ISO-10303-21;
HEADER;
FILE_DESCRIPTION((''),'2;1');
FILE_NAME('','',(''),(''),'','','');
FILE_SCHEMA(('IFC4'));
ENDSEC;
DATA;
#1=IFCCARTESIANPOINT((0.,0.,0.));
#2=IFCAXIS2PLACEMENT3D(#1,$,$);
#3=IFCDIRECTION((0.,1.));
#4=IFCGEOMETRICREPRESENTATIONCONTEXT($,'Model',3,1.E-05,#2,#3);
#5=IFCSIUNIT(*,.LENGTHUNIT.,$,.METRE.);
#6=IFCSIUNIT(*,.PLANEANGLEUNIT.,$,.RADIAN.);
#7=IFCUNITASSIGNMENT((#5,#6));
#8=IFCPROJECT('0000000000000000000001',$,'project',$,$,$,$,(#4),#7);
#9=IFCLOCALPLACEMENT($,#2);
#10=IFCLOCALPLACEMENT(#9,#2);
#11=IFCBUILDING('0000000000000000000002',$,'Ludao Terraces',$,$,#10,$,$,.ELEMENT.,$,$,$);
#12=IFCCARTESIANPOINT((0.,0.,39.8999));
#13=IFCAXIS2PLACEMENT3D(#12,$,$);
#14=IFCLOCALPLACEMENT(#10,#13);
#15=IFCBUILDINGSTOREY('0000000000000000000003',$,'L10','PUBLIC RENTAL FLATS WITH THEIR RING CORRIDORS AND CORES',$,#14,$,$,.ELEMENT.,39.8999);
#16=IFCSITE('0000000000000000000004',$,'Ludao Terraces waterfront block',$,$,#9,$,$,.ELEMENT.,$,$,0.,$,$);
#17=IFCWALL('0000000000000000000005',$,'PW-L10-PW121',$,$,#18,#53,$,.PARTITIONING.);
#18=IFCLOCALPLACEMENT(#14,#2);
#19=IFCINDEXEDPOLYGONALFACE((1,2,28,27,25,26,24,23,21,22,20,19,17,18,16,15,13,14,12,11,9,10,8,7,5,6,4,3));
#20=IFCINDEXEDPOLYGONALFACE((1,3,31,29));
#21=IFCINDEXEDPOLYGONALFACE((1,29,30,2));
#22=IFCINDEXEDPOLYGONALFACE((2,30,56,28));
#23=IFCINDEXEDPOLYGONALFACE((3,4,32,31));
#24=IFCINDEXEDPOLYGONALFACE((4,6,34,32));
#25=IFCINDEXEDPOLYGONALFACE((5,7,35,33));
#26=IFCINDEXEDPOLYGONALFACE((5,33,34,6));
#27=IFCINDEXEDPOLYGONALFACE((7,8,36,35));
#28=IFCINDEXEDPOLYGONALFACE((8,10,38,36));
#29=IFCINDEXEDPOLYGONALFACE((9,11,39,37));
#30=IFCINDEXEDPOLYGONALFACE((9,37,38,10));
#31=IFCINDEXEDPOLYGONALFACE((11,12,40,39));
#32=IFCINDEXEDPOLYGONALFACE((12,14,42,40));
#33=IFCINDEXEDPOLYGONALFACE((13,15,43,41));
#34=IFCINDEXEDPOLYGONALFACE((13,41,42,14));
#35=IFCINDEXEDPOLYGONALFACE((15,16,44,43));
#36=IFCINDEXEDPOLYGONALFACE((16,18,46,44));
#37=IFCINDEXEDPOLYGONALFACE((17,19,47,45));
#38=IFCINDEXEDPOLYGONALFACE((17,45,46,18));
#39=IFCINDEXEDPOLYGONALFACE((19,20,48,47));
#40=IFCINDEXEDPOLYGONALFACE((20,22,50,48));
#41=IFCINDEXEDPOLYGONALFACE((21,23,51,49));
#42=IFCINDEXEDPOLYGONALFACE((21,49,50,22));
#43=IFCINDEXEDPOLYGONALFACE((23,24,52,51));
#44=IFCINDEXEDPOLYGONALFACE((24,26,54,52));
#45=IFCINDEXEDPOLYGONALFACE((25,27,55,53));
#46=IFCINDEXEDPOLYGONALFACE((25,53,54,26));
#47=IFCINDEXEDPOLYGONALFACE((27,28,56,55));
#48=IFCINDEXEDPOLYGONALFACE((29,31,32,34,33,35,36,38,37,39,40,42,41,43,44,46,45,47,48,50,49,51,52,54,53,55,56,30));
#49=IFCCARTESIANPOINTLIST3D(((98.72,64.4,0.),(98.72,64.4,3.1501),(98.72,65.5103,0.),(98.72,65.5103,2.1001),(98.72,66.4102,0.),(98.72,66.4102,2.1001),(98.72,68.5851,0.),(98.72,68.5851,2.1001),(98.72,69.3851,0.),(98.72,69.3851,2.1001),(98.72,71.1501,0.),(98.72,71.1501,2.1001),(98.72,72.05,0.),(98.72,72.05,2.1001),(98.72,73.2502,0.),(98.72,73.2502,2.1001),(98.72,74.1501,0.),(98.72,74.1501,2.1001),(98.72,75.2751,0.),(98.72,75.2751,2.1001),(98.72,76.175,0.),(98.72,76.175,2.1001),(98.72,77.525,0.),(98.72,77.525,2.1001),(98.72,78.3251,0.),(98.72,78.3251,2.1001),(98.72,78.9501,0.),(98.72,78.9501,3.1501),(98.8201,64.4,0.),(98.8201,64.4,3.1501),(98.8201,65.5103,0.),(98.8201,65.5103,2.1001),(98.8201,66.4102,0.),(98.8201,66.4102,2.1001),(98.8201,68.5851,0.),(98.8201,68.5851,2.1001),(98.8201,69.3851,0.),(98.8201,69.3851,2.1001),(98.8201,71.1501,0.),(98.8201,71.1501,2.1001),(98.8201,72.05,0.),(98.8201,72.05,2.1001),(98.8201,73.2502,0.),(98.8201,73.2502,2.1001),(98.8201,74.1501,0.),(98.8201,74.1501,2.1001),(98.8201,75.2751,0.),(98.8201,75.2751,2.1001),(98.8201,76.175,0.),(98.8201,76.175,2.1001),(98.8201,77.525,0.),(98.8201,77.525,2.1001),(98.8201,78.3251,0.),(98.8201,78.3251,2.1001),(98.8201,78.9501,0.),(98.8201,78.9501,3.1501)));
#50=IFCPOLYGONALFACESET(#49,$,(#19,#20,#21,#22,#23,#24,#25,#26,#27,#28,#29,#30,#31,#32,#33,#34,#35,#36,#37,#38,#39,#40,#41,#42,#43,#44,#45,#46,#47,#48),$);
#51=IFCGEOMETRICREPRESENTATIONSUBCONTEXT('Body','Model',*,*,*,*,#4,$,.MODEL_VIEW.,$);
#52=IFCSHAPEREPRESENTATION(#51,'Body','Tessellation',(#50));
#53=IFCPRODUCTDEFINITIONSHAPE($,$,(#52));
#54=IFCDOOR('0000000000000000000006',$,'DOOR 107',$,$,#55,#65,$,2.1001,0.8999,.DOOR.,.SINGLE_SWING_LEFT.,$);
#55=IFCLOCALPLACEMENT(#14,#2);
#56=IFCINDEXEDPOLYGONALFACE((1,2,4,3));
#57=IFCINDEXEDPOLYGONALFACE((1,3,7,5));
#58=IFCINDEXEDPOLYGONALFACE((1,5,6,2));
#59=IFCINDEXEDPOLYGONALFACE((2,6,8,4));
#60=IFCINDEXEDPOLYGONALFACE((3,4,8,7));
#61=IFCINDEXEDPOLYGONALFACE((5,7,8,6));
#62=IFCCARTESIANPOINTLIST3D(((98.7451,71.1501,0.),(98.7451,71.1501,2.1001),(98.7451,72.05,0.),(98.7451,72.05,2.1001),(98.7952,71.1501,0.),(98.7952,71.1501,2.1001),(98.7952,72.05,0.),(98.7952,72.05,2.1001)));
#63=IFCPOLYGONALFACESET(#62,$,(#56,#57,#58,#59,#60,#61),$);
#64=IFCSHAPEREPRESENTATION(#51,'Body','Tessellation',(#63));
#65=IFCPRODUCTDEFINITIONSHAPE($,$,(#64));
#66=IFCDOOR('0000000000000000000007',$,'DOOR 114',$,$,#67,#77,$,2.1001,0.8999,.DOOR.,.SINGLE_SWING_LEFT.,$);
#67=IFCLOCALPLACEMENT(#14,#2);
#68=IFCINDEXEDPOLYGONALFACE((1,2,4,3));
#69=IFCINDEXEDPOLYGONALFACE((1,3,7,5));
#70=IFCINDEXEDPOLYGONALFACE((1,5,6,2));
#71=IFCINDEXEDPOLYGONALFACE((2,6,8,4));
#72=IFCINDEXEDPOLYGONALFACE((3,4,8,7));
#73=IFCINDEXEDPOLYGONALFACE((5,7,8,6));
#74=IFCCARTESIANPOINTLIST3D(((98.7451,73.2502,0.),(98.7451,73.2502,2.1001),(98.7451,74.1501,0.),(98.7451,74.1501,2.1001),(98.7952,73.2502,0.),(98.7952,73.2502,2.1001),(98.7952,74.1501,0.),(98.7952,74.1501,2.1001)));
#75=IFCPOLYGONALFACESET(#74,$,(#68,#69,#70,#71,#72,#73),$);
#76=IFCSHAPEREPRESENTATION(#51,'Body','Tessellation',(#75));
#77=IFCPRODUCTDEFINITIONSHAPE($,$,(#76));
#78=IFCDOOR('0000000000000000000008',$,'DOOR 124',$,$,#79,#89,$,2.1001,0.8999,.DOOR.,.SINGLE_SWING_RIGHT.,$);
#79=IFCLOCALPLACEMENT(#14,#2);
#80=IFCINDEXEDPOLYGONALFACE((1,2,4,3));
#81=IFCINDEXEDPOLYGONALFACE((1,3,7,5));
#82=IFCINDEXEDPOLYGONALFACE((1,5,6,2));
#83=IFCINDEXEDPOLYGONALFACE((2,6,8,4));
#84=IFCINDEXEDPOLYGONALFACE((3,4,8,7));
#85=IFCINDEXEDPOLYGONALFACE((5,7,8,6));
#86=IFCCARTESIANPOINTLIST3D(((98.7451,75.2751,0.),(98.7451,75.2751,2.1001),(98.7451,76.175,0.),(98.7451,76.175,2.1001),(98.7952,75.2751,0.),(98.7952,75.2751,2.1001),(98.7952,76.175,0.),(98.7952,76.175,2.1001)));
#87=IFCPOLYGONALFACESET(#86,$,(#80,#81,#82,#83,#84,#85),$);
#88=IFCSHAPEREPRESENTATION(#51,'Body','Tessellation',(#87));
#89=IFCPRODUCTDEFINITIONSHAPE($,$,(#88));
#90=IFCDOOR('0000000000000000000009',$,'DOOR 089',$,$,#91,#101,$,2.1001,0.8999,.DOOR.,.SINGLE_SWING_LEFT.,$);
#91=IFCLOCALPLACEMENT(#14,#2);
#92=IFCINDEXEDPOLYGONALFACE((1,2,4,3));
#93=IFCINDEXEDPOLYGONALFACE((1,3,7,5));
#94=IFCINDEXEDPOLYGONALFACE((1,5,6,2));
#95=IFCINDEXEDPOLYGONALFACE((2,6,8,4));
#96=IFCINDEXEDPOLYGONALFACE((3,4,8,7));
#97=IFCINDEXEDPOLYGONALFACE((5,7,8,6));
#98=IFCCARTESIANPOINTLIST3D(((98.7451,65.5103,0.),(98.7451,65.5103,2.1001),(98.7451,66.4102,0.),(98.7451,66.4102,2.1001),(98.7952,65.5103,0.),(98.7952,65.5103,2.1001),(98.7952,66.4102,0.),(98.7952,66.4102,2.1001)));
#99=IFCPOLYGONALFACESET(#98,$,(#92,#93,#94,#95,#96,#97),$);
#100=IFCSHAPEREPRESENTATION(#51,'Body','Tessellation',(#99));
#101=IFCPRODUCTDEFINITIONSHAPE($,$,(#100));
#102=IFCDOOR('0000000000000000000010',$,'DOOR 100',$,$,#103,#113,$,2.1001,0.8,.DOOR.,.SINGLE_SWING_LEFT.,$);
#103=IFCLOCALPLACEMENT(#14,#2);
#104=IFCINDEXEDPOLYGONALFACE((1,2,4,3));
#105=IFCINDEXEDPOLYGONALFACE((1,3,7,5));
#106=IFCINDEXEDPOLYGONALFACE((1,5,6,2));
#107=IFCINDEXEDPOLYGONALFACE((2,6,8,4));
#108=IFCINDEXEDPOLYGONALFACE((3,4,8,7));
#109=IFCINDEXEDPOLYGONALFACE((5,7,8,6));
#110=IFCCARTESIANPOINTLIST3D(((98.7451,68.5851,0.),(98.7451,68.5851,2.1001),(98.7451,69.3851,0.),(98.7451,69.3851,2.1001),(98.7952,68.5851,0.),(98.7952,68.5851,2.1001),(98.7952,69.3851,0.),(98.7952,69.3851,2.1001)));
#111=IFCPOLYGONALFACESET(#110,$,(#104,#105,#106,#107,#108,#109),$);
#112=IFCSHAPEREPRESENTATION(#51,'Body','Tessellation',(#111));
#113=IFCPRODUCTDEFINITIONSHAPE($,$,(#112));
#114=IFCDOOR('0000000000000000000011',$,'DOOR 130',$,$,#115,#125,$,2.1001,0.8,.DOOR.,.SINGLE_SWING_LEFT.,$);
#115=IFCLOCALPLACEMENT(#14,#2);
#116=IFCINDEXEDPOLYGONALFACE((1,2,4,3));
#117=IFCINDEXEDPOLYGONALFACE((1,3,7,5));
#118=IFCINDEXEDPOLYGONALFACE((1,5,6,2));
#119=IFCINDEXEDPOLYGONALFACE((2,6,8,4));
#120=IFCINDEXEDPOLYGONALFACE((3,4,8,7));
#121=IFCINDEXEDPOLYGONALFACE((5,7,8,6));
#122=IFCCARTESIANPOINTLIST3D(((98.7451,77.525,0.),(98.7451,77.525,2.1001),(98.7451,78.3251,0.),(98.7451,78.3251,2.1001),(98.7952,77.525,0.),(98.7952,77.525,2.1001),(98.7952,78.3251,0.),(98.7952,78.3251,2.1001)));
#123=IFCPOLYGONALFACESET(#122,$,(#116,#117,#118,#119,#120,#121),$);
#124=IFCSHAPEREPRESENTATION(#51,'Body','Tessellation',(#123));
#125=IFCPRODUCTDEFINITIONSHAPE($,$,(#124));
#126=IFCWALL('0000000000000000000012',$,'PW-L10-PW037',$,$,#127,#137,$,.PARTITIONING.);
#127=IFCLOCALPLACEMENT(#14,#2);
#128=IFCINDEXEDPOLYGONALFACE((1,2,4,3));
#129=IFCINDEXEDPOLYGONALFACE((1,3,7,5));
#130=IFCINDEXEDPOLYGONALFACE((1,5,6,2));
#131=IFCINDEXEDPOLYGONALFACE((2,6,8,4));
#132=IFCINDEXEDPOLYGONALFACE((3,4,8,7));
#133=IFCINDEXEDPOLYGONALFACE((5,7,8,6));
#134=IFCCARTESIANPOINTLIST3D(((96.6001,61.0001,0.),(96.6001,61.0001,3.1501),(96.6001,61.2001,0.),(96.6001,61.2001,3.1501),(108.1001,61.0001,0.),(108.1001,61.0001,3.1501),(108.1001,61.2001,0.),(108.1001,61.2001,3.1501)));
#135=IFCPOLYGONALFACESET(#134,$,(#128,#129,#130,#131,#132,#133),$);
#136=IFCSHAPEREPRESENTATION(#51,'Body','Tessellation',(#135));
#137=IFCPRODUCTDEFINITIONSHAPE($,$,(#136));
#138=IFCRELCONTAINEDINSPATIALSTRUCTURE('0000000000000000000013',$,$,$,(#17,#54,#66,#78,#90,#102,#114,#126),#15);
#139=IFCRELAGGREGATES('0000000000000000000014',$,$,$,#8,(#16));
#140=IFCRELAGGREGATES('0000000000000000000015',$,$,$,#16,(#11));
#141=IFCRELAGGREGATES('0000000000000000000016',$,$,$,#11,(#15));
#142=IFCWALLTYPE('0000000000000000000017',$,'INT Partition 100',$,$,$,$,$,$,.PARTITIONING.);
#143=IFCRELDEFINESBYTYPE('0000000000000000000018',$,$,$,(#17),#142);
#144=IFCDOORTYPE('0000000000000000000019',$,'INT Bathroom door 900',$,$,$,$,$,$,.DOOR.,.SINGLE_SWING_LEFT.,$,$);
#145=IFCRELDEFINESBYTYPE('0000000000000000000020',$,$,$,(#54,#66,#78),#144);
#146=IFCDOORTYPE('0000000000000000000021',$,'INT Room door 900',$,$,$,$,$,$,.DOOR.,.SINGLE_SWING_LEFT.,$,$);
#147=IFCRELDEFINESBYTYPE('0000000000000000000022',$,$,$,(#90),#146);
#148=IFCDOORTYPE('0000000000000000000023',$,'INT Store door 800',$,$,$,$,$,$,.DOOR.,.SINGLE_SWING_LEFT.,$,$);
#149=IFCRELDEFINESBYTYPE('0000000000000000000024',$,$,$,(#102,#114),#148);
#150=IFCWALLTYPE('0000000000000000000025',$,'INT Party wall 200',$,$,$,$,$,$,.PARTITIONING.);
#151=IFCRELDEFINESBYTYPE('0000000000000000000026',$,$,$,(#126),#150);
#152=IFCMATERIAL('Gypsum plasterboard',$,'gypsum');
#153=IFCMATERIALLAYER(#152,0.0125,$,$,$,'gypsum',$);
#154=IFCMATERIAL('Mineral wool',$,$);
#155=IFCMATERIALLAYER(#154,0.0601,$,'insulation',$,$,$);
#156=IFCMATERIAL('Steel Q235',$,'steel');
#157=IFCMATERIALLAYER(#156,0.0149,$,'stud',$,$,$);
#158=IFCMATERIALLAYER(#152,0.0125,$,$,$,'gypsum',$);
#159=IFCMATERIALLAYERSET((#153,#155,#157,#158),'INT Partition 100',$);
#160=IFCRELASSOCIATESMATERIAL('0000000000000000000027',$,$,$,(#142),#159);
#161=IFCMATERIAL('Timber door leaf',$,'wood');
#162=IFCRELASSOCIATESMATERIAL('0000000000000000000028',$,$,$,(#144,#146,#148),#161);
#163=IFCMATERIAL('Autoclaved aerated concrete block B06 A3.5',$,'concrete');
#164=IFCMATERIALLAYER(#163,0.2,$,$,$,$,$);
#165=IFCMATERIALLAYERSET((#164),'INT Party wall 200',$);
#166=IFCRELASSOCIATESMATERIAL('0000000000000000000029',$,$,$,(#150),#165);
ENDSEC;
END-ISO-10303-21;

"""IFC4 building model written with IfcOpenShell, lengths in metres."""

from ifc_helpers import new_model, si_unit, direction, frame, frame_2d, origin, place, context, subcontext, project, spatial, rectangle, extrude, material, layer, layer_set, type_object, element, fill, save


model = new_model("IFC4")

# Units and contexts
model_context = context("Model", 3, precision=1e-05, world=origin(), true_north=direction((0.0, 1.0)))
body_context = subcontext(model_context, "Body", "Model", "MODEL_VIEW")
ifc_project = project(units=[si_unit("LENGTHUNIT", "METRE"), si_unit("PLANEANGLEUNIT", "RADIAN")], contexts=[model_context])

# Site, building, storey
site_placement = place(None, origin())
site = spatial("IfcSite", under=ifc_project, at=site_placement, Name="Ludao Terraces waterfront block", CompositionType="ELEMENT", RefElevation=0.0)
building_placement = place(site_placement, origin())
building = spatial("IfcBuilding", under=site, at=building_placement, Name="Ludao Terraces", CompositionType="ELEMENT")
storey_placement = place(building_placement, frame((0.0, 0.0, 39.8999)))
storey = spatial("IfcBuildingStorey", under=building, at=storey_placement, Name="L10", Description="PUBLIC RENTAL FLATS WITH THEIR RING CORRIDORS AND CORES", CompositionType="ELEMENT", Elevation=39.8999)

# Shared definitions
ifc_material_1 = material(Name="Autoclaved aerated concrete block B06 A3.5", Category="concrete")
ifc_material_2 = material(Name="Steel Q235", Category="steel")

# Shared definitions
ifc_material_3 = material(Name="Gypsum plasterboard", Category="gypsum")
ifc_layer_1 = layer(ifc_material_3, 0.0125, Category="gypsum")
ifc_material_4 = material(Name="Mineral wool")
ifc_layer_2 = layer(ifc_material_4, 0.0601, Name="insulation")
ifc_layer_3 = layer(ifc_material_2, 0.0149, Name="stud")
ifc_layer_4 = layer(ifc_material_3, 0.0125, Category="gypsum")
ifc_layer_set_1 = layer_set([ifc_layer_1, ifc_layer_2, ifc_layer_3, ifc_layer_4], Name="INT Partition 100")
wall_type_1 = type_object("IfcWallType", Name="INT Partition 100", PredefinedType="PARTITIONING", material=ifc_layer_set_1)

# Wall, openings, doors
ifc_material_5 = material(Name="Timber door leaf", Category="wood")
door_type_1 = type_object("IfcDoorType", Name="INT Bathroom door 900", OperationType="SINGLE_SWING_LEFT", PredefinedType="DOOR", material=ifc_material_5)
door_type_2 = type_object("IfcDoorType", Name="INT Room door 900", OperationType="SINGLE_SWING_LEFT", PredefinedType="DOOR", material=ifc_material_5)
door_type_3 = type_object("IfcDoorType", Name="INT Store door 800", OperationType="SINGLE_SWING_LEFT", PredefinedType="DOOR", material=ifc_material_5)
wall_1_placement = place(storey_placement, frame((98.77, 64.4001, 0.0), z_axis=(0.0, 0.0, 1.0), x_axis=(0.0, 1.0, 0.0)))
wall_1 = element("IfcWall", 1, at=wall_1_placement, inside=storey, type_object=wall_type_1, Name="PW-L10-PW121", PredefinedType="PARTITIONING", context=body_context, shape_type="SweptSolid", body=[
    extrude(rectangle(XDim=14.55, YDim=0.1001, at=frame_2d((7.2749, 0.0))), origin(), (0.0, 0.0, 1.0), 3.1501),
])
opening_1_placement = place(wall_1_placement, frame((1.1101, 0.0, 0.0)))
opening_1 = element("IfcOpeningElement", 2, at=opening_1_placement, cuts=wall_1, PredefinedType="OPENING", context=body_context, shape_type="SweptSolid", body=[
    extrude(rectangle(XDim=0.8999, YDim=2.1001, at=frame_2d((0.45, 1.05))), frame((0.0, 0.0601, 0.0), z_axis=(0.0, -1.0, 0.0), x_axis=(1.0, 0.0, 0.0)), (0.0, 0.0, 1.0), 0.1201),
])
opening_2_placement = place(wall_1_placement, frame((4.1851, 0.0, 0.0)))
opening_2 = element("IfcOpeningElement", 3, at=opening_2_placement, cuts=wall_1, PredefinedType="OPENING", context=body_context, shape_type="SweptSolid", body=[
    extrude(rectangle(XDim=0.8, YDim=2.1001, at=frame_2d((0.3999, 1.05))), frame((0.0, 0.0601, 0.0), z_axis=(0.0, -1.0, 0.0), x_axis=(1.0, 0.0, 0.0)), (0.0, 0.0, 1.0), 0.1201),
])
opening_3_placement = place(wall_1_placement, frame((6.75, 0.0, 0.0)))
opening_3 = element("IfcOpeningElement", 4, at=opening_3_placement, cuts=wall_1, PredefinedType="OPENING", context=body_context, shape_type="SweptSolid", body=[
    extrude(rectangle(XDim=0.8999, YDim=2.1001, at=frame_2d((0.45, 1.05))), frame((0.0, 0.0601, 0.0), z_axis=(0.0, -1.0, 0.0), x_axis=(1.0, 0.0, 0.0)), (0.0, 0.0, 1.0), 0.1201),
])
opening_4_placement = place(wall_1_placement, frame((8.8501, 0.0, 0.0)))
opening_4 = element("IfcOpeningElement", 5, at=opening_4_placement, cuts=wall_1, PredefinedType="OPENING", context=body_context, shape_type="SweptSolid", body=[
    extrude(rectangle(XDim=0.8999, YDim=2.1001, at=frame_2d((0.45, 1.05))), frame((0.0, 0.0601, 0.0), z_axis=(0.0, -1.0, 0.0), x_axis=(1.0, 0.0, 0.0)), (0.0, 0.0, 1.0), 0.1201),
])
opening_5_placement = place(wall_1_placement, frame((10.875, 0.0, 0.0)))
opening_5 = element("IfcOpeningElement", 6, at=opening_5_placement, cuts=wall_1, PredefinedType="OPENING", context=body_context, shape_type="SweptSolid", body=[
    extrude(rectangle(XDim=0.8999, YDim=2.1001, at=frame_2d((0.45, 1.05))), frame((0.0, 0.0601, 0.0), z_axis=(0.0, -1.0, 0.0), x_axis=(1.0, 0.0, 0.0)), (0.0, 0.0, 1.0), 0.1201),
])
opening_6_placement = place(wall_1_placement, frame((13.125, 0.0, 0.0)))
opening_6 = element("IfcOpeningElement", 7, at=opening_6_placement, cuts=wall_1, PredefinedType="OPENING", context=body_context, shape_type="SweptSolid", body=[
    extrude(rectangle(XDim=0.8, YDim=2.1001, at=frame_2d((0.3999, 1.05))), frame((0.0, 0.0601, 0.0), z_axis=(0.0, -1.0, 0.0), x_axis=(1.0, 0.0, 0.0)), (0.0, 0.0, 1.0), 0.1201),
])
door_1_placement = place(opening_3_placement, origin())
door_1 = element("IfcDoor", 8, at=door_1_placement, inside=storey, type_object=door_type_1, Name="DOOR 107", OperationType="SINGLE_SWING_LEFT", OverallHeight=2.1001, OverallWidth=0.8999, PredefinedType="DOOR", context=body_context, shape_type="SweptSolid", body=[
    extrude(rectangle(XDim=0.8999, YDim=2.1001, at=frame_2d((0.45, 1.05))), frame((0.0, 0.0249, 0.0), z_axis=(0.0, -1.0, 0.0), x_axis=(1.0, 0.0, 0.0)), (0.0, 0.0, 1.0), 0.05),
])
fill(opening_3, door_1)
door_2_placement = place(opening_4_placement, origin())
door_2 = element("IfcDoor", 9, at=door_2_placement, inside=storey, type_object=door_type_1, Name="DOOR 114", OperationType="SINGLE_SWING_LEFT", OverallHeight=2.1001, OverallWidth=0.8999, PredefinedType="DOOR", context=body_context, shape_type="SweptSolid", body=[
    extrude(rectangle(XDim=0.8999, YDim=2.1001, at=frame_2d((0.45, 1.05))), frame((0.0, 0.0249, 0.0), z_axis=(0.0, -1.0, 0.0), x_axis=(1.0, 0.0, 0.0)), (0.0, 0.0, 1.0), 0.05),
])
fill(opening_4, door_2)
door_3_placement = place(opening_5_placement, origin())
door_3 = element("IfcDoor", 10, at=door_3_placement, inside=storey, type_object=door_type_1, Name="DOOR 124", OperationType="SINGLE_SWING_RIGHT", OverallHeight=2.1001, OverallWidth=0.8999, PredefinedType="DOOR", context=body_context, shape_type="SweptSolid", body=[
    extrude(rectangle(XDim=0.8999, YDim=2.1001, at=frame_2d((0.45, 1.05))), frame((0.0, 0.0249, 0.0), z_axis=(0.0, -1.0, 0.0), x_axis=(1.0, 0.0, 0.0)), (0.0, 0.0, 1.0), 0.05),
])
fill(opening_5, door_3)
door_4_placement = place(opening_1_placement, origin())
door_4 = element("IfcDoor", 11, at=door_4_placement, inside=storey, type_object=door_type_2, Name="DOOR 089", OperationType="SINGLE_SWING_LEFT", OverallHeight=2.1001, OverallWidth=0.8999, PredefinedType="DOOR", context=body_context, shape_type="SweptSolid", body=[
    extrude(rectangle(XDim=0.8999, YDim=2.1001, at=frame_2d((0.45, 1.05))), frame((0.0, 0.0249, 0.0), z_axis=(0.0, -1.0, 0.0), x_axis=(1.0, 0.0, 0.0)), (0.0, 0.0, 1.0), 0.05),
])
fill(opening_1, door_4)
door_5_placement = place(opening_2_placement, origin())
door_5 = element("IfcDoor", 12, at=door_5_placement, inside=storey, type_object=door_type_3, Name="DOOR 100", OperationType="SINGLE_SWING_LEFT", OverallHeight=2.1001, OverallWidth=0.8, PredefinedType="DOOR", context=body_context, shape_type="SweptSolid", body=[
    extrude(rectangle(XDim=0.8, YDim=2.1001, at=frame_2d((0.3999, 1.05))), frame((0.0, 0.0249, 0.0), z_axis=(0.0, -1.0, 0.0), x_axis=(1.0, 0.0, 0.0)), (0.0, 0.0, 1.0), 0.05),
])
fill(opening_2, door_5)
door_6_placement = place(opening_6_placement, origin())
door_6 = element("IfcDoor", 13, at=door_6_placement, inside=storey, type_object=door_type_3, Name="DOOR 130", OperationType="SINGLE_SWING_LEFT", OverallHeight=2.1001, OverallWidth=0.8, PredefinedType="DOOR", context=body_context, shape_type="SweptSolid", body=[
    extrude(rectangle(XDim=0.8, YDim=2.1001, at=frame_2d((0.3999, 1.05))), frame((0.0, 0.0249, 0.0), z_axis=(0.0, -1.0, 0.0), x_axis=(1.0, 0.0, 0.0)), (0.0, 0.0, 1.0), 0.05),
])
fill(opening_6, door_6)

# Wall
ifc_layer_5 = layer(ifc_material_1, 0.2)
ifc_layer_set_2 = layer_set([ifc_layer_5], Name="INT Party wall 200")
wall_type_2 = type_object("IfcWallType", Name="INT Party wall 200", PredefinedType="PARTITIONING", material=ifc_layer_set_2)
wall_2_placement = place(storey_placement, frame((96.6001, 61.1001, 0.0), z_axis=(0.0, 0.0, 1.0), x_axis=(1.0, 0.0, 0.0)))
element("IfcWall", 14, at=wall_2_placement, inside=storey, type_object=wall_type_2, Name="PW-L10-PW037", PredefinedType="PARTITIONING", context=body_context, shape_type="SweptSolid", body=[
    extrude(rectangle(XDim=11.5, YDim=0.2, at=frame_2d((5.75, 0.0))), origin(), (0.0, 0.0, 1.0), 3.1501),
])

save(model, "model.ifc")
